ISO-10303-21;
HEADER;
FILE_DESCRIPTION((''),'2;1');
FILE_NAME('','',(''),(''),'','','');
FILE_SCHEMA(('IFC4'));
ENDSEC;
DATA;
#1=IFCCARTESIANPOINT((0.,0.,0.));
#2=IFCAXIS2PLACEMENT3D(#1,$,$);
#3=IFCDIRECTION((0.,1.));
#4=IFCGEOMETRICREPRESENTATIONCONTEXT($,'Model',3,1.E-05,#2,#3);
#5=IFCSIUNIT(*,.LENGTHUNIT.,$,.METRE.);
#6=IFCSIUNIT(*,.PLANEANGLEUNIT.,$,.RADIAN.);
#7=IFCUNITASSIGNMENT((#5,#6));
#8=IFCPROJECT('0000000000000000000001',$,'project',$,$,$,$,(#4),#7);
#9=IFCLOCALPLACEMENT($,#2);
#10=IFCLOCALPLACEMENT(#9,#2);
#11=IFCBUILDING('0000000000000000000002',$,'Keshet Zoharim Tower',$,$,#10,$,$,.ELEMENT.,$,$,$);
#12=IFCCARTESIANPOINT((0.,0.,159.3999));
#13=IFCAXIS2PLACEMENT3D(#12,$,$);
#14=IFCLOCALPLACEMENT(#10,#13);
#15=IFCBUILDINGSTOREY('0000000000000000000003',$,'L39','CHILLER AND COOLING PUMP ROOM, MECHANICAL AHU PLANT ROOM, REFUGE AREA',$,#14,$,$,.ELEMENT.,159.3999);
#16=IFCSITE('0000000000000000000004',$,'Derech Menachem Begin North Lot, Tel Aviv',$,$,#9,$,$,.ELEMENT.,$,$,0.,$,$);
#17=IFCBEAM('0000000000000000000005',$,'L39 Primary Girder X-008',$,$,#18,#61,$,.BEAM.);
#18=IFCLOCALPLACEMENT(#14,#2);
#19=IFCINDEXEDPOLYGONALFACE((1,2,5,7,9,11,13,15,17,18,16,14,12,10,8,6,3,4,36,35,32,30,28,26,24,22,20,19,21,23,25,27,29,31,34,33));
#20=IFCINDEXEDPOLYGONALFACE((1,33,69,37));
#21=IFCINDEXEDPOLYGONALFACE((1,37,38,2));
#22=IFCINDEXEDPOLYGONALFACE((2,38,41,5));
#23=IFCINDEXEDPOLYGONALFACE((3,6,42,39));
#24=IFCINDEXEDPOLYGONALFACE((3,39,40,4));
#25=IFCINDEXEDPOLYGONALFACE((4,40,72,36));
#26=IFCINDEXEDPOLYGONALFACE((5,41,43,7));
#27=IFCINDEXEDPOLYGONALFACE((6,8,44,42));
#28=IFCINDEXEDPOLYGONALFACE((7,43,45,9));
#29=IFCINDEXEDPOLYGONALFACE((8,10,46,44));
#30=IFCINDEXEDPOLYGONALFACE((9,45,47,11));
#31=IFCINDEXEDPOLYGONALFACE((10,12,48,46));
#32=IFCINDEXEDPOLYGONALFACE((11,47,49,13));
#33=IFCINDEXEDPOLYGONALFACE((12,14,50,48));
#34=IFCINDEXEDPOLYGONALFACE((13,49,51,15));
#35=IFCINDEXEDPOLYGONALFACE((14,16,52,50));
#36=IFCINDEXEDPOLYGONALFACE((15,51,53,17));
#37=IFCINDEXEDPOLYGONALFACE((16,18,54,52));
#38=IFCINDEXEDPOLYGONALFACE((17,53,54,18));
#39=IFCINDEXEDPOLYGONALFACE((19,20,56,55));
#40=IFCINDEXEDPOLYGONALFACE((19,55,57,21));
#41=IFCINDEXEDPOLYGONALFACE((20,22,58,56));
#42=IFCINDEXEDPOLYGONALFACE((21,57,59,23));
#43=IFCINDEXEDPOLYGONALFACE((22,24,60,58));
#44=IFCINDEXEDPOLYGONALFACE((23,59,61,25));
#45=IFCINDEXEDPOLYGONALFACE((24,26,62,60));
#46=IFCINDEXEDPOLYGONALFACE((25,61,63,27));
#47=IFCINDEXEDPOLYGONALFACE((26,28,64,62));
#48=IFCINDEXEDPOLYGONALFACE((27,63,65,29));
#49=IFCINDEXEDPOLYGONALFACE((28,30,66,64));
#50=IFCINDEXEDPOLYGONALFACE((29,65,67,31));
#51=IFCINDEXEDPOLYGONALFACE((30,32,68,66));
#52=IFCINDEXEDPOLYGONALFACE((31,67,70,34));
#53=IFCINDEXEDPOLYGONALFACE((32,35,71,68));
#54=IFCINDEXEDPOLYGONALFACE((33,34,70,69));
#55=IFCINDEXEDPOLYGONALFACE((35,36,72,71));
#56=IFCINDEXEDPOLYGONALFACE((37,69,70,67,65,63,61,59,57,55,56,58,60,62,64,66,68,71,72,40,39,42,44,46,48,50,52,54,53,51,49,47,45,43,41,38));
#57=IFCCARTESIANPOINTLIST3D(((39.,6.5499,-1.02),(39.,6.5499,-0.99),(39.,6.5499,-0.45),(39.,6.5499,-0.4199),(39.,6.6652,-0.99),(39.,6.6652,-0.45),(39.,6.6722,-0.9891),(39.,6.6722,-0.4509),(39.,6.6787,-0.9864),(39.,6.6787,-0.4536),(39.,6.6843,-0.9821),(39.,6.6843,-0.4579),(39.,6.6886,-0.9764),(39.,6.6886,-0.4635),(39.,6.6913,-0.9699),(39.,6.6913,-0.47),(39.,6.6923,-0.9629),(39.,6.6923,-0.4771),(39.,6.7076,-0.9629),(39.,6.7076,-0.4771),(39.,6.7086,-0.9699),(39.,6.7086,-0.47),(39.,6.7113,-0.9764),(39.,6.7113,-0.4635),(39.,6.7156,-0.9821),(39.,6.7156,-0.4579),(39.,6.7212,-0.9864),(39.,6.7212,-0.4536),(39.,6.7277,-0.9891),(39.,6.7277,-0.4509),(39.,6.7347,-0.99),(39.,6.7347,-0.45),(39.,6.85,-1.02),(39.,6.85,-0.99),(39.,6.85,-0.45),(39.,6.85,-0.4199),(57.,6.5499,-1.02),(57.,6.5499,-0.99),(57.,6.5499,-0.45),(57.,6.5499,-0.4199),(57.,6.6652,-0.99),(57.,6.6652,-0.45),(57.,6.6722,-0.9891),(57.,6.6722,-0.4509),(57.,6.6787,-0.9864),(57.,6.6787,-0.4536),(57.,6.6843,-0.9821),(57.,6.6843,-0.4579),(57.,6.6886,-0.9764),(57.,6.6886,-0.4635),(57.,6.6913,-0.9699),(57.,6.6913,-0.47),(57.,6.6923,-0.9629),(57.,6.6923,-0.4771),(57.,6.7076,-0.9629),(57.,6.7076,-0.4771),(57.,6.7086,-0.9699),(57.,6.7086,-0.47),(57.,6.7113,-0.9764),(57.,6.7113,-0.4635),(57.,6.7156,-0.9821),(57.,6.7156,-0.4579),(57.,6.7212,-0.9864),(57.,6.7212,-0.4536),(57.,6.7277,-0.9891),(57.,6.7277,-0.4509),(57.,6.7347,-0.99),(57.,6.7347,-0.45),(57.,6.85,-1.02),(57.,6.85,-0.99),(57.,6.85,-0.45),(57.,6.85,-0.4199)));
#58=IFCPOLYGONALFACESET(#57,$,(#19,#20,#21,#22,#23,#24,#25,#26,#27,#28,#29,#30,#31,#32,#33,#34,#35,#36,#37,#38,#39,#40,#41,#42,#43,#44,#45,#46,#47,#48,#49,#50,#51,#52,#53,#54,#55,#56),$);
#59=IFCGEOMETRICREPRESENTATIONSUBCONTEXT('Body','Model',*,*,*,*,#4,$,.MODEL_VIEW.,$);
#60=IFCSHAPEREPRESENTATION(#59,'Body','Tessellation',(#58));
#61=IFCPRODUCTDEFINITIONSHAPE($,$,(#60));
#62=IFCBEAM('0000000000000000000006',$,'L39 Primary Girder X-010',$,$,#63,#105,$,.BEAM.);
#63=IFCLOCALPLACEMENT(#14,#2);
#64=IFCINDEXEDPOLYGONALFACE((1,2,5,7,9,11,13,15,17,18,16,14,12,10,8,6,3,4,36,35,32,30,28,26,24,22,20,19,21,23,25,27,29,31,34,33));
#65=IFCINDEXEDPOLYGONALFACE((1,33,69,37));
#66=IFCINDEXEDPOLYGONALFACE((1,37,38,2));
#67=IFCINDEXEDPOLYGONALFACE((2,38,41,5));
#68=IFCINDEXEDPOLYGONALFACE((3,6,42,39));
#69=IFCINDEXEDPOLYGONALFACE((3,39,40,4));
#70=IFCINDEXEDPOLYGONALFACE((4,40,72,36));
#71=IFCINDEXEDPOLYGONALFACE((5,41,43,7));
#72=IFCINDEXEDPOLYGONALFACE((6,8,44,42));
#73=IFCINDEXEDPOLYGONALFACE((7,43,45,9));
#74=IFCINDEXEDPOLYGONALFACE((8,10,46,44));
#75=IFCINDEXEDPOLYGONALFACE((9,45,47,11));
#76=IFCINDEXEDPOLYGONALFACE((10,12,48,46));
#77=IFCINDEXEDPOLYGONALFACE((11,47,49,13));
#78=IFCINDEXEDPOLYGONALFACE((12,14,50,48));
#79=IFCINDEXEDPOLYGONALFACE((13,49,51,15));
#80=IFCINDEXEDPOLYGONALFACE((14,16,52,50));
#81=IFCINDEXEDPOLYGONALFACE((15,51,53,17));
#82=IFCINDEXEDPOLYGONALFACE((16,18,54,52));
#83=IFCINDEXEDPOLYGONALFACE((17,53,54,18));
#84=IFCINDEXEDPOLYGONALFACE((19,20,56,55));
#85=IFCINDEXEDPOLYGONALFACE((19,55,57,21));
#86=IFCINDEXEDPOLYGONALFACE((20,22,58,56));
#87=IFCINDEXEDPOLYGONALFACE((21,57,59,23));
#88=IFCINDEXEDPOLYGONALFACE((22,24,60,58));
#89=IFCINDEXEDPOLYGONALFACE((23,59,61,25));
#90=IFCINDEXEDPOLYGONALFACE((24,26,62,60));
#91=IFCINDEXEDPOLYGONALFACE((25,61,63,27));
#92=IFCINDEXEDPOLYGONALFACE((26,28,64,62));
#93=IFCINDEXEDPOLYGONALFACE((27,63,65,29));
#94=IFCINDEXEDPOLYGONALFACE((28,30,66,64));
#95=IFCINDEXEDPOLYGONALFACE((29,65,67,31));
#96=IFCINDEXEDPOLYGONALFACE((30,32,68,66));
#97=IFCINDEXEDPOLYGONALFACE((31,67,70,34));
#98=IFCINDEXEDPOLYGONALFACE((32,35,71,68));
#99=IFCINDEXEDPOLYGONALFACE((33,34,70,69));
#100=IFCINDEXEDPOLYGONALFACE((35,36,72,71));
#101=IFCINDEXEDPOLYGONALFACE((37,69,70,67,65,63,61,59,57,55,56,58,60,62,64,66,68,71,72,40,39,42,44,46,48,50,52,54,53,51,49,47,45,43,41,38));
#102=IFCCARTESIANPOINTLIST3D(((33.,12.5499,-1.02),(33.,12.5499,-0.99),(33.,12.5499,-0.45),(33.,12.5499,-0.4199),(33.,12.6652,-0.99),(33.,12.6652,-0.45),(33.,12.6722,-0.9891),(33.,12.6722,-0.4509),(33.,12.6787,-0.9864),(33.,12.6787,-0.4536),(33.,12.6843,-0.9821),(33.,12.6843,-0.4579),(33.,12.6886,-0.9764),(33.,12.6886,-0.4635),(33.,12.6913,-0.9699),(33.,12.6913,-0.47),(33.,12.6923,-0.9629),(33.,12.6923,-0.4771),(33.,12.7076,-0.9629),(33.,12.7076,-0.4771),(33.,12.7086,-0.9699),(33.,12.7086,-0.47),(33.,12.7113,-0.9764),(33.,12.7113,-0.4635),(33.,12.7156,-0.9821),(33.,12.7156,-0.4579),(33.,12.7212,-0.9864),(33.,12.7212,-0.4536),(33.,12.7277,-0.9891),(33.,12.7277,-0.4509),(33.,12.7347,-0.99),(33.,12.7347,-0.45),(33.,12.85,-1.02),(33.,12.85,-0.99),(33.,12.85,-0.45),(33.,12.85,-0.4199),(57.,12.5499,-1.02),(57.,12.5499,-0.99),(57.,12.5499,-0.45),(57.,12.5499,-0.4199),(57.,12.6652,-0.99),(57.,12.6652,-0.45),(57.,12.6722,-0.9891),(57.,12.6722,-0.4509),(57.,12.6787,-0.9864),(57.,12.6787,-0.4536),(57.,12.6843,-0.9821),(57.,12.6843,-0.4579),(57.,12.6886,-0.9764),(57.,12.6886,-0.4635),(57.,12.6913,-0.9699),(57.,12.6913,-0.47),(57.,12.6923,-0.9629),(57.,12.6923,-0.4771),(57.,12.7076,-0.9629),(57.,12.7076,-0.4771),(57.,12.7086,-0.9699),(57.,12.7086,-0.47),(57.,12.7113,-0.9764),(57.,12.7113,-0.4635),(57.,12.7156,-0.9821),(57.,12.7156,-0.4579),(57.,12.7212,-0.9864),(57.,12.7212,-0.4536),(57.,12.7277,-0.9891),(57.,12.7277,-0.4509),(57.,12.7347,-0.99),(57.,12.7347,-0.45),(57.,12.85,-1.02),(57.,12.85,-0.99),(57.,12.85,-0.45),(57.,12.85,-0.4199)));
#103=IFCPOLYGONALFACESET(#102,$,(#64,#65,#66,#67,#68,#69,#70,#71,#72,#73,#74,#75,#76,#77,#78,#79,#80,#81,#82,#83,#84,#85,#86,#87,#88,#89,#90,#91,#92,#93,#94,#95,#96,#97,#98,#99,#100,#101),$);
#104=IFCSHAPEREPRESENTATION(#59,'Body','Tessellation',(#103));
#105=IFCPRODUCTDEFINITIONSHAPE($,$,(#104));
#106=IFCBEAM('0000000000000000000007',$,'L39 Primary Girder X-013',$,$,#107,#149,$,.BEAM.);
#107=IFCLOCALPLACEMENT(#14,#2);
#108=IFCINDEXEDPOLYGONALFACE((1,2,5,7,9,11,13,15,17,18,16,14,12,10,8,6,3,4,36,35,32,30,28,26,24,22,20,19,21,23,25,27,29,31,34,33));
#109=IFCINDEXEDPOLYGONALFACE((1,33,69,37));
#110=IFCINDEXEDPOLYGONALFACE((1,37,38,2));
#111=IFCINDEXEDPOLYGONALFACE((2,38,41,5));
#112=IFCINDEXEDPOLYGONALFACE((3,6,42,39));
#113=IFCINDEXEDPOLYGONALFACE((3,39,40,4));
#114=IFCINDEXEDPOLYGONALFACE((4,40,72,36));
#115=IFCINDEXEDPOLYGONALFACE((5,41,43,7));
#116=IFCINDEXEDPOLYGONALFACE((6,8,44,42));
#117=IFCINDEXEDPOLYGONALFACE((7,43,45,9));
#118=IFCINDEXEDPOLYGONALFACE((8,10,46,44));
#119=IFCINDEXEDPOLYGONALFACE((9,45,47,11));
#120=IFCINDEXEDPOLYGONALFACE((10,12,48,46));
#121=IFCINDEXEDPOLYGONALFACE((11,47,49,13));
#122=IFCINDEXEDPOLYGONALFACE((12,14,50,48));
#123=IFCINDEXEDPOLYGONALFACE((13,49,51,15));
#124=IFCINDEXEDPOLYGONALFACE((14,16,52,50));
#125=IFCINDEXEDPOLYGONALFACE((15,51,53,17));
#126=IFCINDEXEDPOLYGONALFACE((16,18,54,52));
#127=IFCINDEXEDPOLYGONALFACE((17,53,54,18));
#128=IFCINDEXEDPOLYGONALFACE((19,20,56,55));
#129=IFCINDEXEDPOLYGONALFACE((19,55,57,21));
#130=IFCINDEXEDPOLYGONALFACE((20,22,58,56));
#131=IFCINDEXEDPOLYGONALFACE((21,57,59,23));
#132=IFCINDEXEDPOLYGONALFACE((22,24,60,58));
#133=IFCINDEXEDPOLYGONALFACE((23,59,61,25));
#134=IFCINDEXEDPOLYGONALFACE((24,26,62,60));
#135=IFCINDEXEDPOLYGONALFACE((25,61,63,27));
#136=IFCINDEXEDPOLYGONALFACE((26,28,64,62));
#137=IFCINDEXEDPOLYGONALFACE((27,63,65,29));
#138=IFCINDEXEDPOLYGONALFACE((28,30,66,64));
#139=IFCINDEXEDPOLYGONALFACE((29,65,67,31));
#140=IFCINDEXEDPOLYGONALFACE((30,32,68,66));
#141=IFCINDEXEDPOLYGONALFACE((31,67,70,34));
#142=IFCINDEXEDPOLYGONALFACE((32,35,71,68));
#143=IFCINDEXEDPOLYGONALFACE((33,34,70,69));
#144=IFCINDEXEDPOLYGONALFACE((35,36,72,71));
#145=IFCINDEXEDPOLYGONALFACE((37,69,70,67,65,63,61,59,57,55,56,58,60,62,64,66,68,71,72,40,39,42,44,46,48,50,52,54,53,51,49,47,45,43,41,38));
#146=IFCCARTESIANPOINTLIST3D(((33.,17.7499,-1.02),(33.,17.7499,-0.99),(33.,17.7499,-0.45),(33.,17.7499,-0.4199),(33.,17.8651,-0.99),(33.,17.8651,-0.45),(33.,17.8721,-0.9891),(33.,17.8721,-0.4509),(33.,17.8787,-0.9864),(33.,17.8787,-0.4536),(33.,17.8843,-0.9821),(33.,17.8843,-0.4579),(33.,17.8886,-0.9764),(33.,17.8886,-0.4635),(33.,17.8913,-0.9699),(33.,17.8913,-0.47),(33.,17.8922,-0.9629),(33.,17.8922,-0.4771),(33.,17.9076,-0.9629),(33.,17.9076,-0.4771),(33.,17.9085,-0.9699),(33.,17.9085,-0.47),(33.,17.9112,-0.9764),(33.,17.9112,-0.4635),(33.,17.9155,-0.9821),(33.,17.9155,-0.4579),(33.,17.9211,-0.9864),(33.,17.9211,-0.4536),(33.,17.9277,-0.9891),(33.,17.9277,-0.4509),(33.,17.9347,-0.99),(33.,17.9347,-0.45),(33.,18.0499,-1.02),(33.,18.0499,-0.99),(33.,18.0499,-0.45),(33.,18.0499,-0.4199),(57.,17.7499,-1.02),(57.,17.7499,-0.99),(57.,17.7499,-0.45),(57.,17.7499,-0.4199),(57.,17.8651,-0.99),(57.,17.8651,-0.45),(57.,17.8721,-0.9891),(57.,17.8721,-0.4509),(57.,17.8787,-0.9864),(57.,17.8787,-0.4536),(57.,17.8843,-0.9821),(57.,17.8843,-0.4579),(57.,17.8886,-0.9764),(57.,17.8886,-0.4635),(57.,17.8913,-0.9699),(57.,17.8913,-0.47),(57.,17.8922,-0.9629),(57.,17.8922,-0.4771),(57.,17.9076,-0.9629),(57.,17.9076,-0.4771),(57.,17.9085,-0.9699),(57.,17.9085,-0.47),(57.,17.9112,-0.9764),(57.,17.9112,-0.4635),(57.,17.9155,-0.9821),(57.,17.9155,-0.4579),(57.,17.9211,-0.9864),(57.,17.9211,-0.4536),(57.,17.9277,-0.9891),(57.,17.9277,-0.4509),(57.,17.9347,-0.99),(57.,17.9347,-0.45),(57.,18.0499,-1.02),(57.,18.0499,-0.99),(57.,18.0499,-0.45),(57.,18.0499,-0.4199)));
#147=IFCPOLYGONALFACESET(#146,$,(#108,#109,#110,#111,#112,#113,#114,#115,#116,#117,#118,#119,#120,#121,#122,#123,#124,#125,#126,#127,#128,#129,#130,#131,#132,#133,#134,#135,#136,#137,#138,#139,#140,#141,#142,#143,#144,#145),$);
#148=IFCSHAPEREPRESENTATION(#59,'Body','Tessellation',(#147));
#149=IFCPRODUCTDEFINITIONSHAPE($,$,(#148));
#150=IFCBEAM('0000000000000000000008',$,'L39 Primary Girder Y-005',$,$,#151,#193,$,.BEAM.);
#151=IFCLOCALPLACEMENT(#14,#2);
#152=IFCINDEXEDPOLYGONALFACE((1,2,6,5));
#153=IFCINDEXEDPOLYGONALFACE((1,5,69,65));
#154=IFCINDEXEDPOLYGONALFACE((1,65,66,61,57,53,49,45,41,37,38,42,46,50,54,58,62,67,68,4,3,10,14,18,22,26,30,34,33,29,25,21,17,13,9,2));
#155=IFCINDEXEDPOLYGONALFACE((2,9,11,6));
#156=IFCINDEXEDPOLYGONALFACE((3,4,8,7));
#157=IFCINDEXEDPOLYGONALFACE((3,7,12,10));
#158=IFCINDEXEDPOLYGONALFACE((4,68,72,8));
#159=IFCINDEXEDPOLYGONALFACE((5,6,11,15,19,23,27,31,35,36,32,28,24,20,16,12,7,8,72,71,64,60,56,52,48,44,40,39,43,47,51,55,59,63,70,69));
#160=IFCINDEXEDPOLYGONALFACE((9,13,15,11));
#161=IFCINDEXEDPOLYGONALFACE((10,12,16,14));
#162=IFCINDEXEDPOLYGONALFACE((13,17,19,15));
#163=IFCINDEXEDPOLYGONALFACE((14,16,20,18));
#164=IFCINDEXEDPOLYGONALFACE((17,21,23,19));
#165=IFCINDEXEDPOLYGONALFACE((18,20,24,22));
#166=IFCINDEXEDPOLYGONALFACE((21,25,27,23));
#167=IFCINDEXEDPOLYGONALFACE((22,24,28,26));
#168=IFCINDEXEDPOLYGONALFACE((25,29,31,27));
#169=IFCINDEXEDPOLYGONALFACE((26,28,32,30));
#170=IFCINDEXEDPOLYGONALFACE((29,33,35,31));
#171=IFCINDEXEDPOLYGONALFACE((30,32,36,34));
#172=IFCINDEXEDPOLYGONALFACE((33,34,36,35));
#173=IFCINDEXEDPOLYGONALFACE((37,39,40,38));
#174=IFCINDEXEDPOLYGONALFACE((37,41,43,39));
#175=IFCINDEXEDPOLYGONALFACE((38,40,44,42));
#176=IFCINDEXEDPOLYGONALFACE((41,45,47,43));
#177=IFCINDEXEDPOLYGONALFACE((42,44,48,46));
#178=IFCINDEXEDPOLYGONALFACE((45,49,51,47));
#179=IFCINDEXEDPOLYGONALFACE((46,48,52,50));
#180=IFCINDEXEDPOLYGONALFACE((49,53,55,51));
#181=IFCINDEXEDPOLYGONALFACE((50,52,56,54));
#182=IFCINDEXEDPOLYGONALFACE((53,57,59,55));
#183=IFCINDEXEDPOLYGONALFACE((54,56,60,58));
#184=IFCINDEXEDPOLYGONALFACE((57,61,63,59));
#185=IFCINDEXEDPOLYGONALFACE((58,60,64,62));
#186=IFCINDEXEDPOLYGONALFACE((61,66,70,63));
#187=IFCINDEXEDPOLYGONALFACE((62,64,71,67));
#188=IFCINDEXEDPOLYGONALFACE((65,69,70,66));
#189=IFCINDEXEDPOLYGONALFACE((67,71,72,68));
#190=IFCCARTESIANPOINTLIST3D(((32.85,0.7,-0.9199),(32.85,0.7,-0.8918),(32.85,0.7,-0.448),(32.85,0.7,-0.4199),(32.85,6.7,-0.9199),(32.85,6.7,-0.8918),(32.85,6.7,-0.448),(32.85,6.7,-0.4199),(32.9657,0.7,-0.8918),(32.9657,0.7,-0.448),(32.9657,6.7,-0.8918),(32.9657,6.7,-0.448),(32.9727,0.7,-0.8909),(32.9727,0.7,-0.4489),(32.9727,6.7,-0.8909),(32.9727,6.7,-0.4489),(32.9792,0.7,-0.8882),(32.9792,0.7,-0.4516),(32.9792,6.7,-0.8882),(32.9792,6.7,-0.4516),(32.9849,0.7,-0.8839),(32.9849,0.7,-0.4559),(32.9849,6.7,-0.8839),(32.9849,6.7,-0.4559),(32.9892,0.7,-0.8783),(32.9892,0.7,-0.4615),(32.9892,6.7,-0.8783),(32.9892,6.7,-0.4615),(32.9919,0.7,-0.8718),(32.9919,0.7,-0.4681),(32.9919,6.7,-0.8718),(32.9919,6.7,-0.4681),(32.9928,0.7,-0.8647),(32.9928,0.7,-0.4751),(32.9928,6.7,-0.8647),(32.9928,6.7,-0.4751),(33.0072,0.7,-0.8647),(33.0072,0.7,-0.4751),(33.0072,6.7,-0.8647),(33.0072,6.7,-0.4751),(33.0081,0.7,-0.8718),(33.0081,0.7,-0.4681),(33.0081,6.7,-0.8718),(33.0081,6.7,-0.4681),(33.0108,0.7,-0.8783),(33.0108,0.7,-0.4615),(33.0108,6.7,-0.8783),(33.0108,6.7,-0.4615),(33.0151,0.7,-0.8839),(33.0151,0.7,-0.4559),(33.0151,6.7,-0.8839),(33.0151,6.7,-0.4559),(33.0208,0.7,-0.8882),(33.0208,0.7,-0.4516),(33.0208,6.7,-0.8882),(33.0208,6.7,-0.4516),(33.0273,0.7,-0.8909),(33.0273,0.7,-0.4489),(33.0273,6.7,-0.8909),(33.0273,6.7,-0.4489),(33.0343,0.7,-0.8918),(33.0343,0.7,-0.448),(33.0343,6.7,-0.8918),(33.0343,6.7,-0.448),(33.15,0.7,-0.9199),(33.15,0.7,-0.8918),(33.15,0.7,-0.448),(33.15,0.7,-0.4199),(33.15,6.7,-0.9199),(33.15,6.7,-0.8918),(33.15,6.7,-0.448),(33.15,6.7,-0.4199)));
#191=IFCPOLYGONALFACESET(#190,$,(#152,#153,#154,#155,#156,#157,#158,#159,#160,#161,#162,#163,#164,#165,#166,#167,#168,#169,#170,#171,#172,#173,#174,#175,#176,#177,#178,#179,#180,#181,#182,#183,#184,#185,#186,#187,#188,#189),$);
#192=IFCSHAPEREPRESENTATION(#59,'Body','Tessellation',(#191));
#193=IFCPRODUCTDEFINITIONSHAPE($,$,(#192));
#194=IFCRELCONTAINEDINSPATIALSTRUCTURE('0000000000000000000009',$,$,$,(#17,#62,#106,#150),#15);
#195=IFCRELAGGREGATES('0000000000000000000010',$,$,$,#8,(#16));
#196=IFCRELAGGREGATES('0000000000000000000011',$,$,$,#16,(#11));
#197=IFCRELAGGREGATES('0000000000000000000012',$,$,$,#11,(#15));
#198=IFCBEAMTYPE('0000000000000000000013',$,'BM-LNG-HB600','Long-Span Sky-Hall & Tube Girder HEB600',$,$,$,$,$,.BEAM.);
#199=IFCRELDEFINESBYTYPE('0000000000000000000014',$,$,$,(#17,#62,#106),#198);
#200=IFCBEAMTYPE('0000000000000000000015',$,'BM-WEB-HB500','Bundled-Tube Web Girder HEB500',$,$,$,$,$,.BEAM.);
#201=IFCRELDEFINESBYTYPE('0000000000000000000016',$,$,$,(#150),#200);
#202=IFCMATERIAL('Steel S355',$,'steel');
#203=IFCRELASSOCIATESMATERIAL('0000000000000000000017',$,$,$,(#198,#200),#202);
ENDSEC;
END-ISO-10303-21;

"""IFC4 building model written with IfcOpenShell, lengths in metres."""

from ifc_helpers import new_model, si_unit, direction, frame, origin, origin_2d, place, context, subcontext, project, spatial, i_section, extrude, material, material_profile, profile_set, type_object, element, save


model = new_model("IFC4")

# Units and contexts
model_context = context("Model", 3, precision=1e-05, world=origin(), true_north=direction((0.0, 1.0)))
body_context = subcontext(model_context, "Body", "Model", "MODEL_VIEW")
ifc_project = project(units=[si_unit("LENGTHUNIT", "METRE"), si_unit("PLANEANGLEUNIT", "RADIAN")], contexts=[model_context])

# Site, building, storey
site_placement = place(None, origin())
site = spatial("IfcSite", under=ifc_project, at=site_placement, Name="Derech Menachem Begin North Lot, Tel Aviv", CompositionType="ELEMENT", RefElevation=0.0)
building_placement = place(site_placement, origin())
building = spatial("IfcBuilding", under=site, at=building_placement, Name="Keshet Zoharim Tower", CompositionType="ELEMENT")
storey_placement = place(building_placement, frame((0.0, 0.0, 159.3999)))
storey = spatial("IfcBuildingStorey", under=building, at=storey_placement, Name="L39", Description="CHILLER AND COOLING PUMP ROOM, MECHANICAL AHU PLANT ROOM, REFUGE AREA", CompositionType="ELEMENT", Elevation=159.3999)

# Shared definitions
ifc_material_1 = material(Name="Steel S355", Category="steel")

# Beams
ifc_material_profile_1 = material_profile(ifc_material_1, i_section(OverallWidth=0.3, OverallDepth=0.6001, WebThickness=0.0154, FlangeThickness=0.03, FilletRadius=0.0271, at=origin_2d()), Name="HEB600")
ifc_profile_set_1 = profile_set([ifc_material_profile_1], Name="Steel S355")
beam_type_1 = type_object("IfcBeamType", Name="BM-LNG-HB600", Description="Long-Span Sky-Hall & Tube Girder HEB600", PredefinedType="BEAM", material=ifc_profile_set_1)
beam_1_placement = place(storey_placement, frame((39.0, 6.7, -0.72), z_axis=(1.0, 0.0, 0.0), x_axis=(0.0, 1.0, 0.0)))
element("IfcBeam", 1, at=beam_1_placement, inside=storey, type_object=beam_type_1, Name="L39 Primary Girder X-008", PredefinedType="BEAM", context=body_context, shape_type="SweptSolid", body=[
    extrude(i_section(OverallWidth=0.3, OverallDepth=0.6001, WebThickness=0.0154, FlangeThickness=0.03, FilletRadius=0.0271, at=origin_2d()), origin(), (0.0, 0.0, 1.0), 18.0),
])
for number, where, z_axis, x_axis, name in (
    (2, (33.0, 12.7, -0.72), (1.0, 0.0, 0.0), (0.0, 1.0, 0.0), "L39 Primary Girder X-010"),
    (3, (33.0, 17.8999, -0.72), (1.0, 0.0, 0.0), (0.0, 1.0, 0.0), "L39 Primary Girder X-013"),
):
    element("IfcBeam", number, at=place(storey_placement, frame(where, z_axis=z_axis, x_axis=x_axis)), inside=storey, type_object=beam_type_1, Name=name, PredefinedType="BEAM", context=body_context, shape_type="SweptSolid", body=[
        extrude(i_section(OverallWidth=0.3, OverallDepth=0.6001, WebThickness=0.0154, FlangeThickness=0.03, FilletRadius=0.0271, at=origin_2d()), origin(), (0.0, 0.0, 1.0), 24.0),
    ])
ifc_material_profile_2 = material_profile(ifc_material_1, i_section(OverallWidth=0.3, OverallDepth=0.5, WebThickness=0.0144, FlangeThickness=0.0281, FilletRadius=0.0271, at=origin_2d()), Name="HEB500")
ifc_profile_set_2 = profile_set([ifc_material_profile_2], Name="Steel S355")
beam_type_2 = type_object("IfcBeamType", Name="BM-WEB-HB500", Description="Bundled-Tube Web Girder HEB500", PredefinedType="BEAM", material=ifc_profile_set_2)
for number, where, z_axis, x_axis, name in (
    (4, (33.0, 0.7, -0.6699), (0.0, 1.0, 0.0), (-1.0, 0.0, 0.0), "L39 Primary Girder Y-005"),
):
    element("IfcBeam", number, at=place(storey_placement, frame(where, z_axis=z_axis, x_axis=x_axis)), inside=storey, type_object=beam_type_2, Name=name, PredefinedType="BEAM", context=body_context, shape_type="SweptSolid", body=[
        extrude(i_section(OverallWidth=0.3, OverallDepth=0.5, WebThickness=0.0144, FlangeThickness=0.0281, FilletRadius=0.0271, at=origin_2d()), origin(), (0.0, 0.0, 1.0), 6.0),
    ])

save(model, "model.ifc")
